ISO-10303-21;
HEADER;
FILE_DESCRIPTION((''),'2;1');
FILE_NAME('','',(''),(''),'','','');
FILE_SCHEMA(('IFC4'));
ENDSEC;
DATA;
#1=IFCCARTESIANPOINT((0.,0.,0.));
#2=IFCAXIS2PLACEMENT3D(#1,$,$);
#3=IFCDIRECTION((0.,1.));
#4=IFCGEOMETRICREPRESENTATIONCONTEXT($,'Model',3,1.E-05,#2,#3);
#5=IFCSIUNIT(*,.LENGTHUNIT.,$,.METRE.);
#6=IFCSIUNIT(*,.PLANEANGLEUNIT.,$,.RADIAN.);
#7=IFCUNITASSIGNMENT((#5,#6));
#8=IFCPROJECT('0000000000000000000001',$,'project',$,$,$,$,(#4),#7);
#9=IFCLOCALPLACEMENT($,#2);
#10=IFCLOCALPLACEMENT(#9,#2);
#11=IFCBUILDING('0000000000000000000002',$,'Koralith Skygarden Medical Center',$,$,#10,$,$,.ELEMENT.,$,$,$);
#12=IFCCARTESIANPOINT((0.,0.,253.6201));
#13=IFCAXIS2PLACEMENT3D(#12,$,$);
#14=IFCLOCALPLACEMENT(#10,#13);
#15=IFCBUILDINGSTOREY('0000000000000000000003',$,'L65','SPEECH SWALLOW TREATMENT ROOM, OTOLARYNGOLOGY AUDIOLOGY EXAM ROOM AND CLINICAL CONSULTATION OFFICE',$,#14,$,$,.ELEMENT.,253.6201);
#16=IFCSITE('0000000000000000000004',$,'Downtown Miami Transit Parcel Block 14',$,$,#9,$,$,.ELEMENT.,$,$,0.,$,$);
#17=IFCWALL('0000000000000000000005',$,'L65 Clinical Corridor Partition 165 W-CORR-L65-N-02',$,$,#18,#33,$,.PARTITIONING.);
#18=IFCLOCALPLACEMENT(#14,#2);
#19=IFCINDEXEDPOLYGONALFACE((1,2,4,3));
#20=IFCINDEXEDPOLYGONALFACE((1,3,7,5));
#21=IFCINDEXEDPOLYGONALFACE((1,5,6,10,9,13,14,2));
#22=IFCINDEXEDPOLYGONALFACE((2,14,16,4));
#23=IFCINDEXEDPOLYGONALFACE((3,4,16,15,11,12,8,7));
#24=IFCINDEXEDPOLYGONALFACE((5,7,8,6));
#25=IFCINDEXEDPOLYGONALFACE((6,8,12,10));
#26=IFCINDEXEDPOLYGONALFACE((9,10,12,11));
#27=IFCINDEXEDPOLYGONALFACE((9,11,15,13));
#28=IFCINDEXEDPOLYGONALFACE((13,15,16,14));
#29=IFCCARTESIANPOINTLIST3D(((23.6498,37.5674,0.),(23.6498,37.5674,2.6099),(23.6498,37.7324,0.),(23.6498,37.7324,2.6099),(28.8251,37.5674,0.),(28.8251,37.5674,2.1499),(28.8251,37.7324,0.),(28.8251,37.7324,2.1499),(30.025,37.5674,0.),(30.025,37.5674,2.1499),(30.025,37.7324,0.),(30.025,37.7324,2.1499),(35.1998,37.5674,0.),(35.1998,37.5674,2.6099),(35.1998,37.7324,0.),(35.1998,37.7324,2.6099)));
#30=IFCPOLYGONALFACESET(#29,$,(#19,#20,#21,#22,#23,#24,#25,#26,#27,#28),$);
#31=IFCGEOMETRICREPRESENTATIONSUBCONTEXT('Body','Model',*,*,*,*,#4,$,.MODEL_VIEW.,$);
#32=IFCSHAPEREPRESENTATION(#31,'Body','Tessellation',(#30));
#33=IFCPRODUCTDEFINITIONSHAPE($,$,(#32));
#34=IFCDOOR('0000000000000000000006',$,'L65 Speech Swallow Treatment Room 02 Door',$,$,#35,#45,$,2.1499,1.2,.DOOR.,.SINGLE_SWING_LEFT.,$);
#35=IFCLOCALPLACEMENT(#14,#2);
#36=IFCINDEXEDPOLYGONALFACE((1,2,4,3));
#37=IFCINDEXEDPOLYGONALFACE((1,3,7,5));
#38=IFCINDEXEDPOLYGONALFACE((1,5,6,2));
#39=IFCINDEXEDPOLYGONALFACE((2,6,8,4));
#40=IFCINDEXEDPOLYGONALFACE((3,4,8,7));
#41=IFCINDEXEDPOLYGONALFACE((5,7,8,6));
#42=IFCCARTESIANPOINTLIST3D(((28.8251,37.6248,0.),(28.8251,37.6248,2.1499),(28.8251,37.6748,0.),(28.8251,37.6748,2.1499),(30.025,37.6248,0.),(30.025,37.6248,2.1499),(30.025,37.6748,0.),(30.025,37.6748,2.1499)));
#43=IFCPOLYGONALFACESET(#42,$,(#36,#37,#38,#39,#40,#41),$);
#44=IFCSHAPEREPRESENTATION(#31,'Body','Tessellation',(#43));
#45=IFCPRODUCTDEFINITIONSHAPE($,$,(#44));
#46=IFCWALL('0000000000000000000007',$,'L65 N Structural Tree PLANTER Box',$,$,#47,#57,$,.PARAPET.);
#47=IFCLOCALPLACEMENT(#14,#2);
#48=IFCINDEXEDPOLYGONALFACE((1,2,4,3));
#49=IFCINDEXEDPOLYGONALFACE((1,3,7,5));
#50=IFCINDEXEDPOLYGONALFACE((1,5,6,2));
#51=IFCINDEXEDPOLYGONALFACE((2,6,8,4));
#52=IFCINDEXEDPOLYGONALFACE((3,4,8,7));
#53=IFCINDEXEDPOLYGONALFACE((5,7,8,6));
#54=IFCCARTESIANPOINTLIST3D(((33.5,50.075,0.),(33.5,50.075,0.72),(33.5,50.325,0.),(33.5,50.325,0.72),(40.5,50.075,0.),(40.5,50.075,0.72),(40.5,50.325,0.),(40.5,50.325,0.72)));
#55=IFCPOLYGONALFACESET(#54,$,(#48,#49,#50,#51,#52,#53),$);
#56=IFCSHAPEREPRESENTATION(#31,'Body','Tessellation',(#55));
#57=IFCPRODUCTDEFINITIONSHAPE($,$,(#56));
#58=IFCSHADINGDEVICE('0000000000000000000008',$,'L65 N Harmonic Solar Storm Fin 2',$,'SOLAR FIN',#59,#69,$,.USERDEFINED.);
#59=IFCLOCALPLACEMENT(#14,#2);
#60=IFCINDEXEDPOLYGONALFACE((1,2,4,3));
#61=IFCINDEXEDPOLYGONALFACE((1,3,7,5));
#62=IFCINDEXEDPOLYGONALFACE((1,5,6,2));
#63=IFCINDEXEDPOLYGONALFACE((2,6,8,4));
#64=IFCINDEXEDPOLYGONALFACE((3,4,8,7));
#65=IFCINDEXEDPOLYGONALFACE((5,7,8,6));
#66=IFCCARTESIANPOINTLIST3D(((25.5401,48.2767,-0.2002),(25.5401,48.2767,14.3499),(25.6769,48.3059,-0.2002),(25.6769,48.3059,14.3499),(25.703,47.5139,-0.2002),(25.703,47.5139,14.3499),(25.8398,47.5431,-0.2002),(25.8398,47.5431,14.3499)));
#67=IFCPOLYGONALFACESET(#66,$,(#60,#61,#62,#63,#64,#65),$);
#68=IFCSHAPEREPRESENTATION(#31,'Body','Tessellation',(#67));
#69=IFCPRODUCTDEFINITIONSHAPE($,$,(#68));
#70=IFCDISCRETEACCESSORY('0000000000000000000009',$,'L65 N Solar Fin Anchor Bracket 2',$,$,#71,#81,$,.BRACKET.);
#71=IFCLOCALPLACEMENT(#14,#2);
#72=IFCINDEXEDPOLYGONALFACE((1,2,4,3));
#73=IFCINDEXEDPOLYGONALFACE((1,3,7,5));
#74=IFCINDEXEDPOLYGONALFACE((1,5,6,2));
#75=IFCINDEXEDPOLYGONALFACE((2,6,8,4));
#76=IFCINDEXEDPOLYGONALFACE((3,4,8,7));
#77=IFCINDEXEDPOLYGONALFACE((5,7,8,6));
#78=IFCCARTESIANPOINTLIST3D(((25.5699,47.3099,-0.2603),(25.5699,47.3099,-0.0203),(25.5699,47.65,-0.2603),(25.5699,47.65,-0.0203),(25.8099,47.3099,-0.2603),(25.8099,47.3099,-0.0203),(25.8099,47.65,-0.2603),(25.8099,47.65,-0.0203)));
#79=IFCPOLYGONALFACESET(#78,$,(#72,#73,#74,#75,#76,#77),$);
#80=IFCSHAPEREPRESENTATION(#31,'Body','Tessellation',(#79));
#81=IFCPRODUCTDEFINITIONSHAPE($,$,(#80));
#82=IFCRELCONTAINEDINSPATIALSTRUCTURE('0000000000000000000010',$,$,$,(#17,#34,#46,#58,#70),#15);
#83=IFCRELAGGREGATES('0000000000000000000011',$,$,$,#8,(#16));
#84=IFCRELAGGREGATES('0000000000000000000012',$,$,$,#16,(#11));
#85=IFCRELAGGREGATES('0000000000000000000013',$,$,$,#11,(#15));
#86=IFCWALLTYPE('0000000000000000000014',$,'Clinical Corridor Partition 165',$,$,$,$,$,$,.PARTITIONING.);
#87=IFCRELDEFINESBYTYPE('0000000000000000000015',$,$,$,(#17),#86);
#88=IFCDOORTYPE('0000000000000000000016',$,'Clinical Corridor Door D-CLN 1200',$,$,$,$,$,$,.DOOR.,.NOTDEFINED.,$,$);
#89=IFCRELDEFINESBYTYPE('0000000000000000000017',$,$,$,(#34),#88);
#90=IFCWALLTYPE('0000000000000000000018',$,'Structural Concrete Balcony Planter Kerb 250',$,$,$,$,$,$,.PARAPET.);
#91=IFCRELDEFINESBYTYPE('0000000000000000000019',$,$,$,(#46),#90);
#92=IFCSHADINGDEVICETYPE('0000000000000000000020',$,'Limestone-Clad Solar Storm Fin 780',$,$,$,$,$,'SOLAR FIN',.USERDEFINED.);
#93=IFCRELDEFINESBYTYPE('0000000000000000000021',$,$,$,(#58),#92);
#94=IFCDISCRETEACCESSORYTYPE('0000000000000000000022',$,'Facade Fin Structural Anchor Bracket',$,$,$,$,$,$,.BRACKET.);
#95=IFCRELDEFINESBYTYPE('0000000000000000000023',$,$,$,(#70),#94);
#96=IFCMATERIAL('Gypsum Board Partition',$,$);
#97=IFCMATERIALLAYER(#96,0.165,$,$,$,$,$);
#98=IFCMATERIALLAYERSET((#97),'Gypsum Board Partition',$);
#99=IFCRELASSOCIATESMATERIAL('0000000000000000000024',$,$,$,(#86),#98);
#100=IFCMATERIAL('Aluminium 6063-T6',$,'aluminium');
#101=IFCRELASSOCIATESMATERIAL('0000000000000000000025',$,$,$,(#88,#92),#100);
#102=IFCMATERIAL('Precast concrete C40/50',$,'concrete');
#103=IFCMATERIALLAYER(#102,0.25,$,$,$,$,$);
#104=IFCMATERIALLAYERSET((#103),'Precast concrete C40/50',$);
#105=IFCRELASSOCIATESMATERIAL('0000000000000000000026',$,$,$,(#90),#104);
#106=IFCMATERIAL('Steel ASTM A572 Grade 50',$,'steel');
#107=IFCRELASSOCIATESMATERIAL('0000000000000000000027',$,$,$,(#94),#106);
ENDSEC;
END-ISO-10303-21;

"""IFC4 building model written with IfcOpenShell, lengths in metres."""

from ifc_helpers import new_model, si_unit, direction, frame, frame_2d, origin, origin_2d, place, context, subcontext, project, spatial, rectangle, extrude, material, layer, layer_set, type_object, element, fill, save


model = new_model("IFC4")

# Units and contexts
model_context = context("Model", 3, precision=1e-05, world=origin(), true_north=direction((0.0, 1.0)))
body_context = subcontext(model_context, "Body", "Model", "MODEL_VIEW")
ifc_project = project(units=[si_unit("LENGTHUNIT", "METRE"), si_unit("PLANEANGLEUNIT", "RADIAN")], contexts=[model_context])

# Site, building, storey
site_placement = place(None, origin())
site = spatial("IfcSite", under=ifc_project, at=site_placement, Name="Downtown Miami Transit Parcel Block 14", CompositionType="ELEMENT", RefElevation=0.0)
building_placement = place(site_placement, origin())
building = spatial("IfcBuilding", under=site, at=building_placement, Name="Koralith Skygarden Medical Center", CompositionType="ELEMENT")
storey_placement = place(building_placement, frame((0.0, 0.0, 253.6201)))
storey = spatial("IfcBuildingStorey", under=building, at=storey_placement, Name="L65", Description="SPEECH SWALLOW TREATMENT ROOM, OTOLARYNGOLOGY AUDIOLOGY EXAM ROOM AND CLINICAL CONSULTATION OFFICE", CompositionType="ELEMENT", Elevation=253.6201)

# Shared definitions
ifc_material_1 = material(Name="Aluminium 6063-T6", Category="aluminium")

# Shared definitions
ifc_material_2 = material(Name="Gypsum Board Partition")

# Wall, opening, door
ifc_layer_1 = layer(ifc_material_2, 0.165)
ifc_layer_set_1 = layer_set([ifc_layer_1], Name="Gypsum Board Partition")
wall_type_1 = type_object("IfcWallType", Name="Clinical Corridor Partition 165", PredefinedType="PARTITIONING", material=ifc_layer_set_1)
wall_1_placement = place(storey_placement, frame((23.6499, 37.6499, 0.0), z_axis=(0.0, 0.0, 1.0), x_axis=(1.0, 0.0, 0.0)))
wall_1 = element("IfcWall", 1, at=wall_1_placement, inside=storey, type_object=wall_type_1, Name="L65 Clinical Corridor Partition 165 W-CORR-L65-N-02", PredefinedType="PARTITIONING", context=body_context, shape_type="SweptSolid", body=[
    extrude(rectangle(XDim=11.55, YDim=0.165, at=frame_2d((5.7749, 0.0))), origin(), (0.0, 0.0, 1.0), 2.6099),
])
opening_1_placement = place(wall_1_placement, frame((5.175, 0.0, 0.0)))
opening_1 = element("IfcOpeningElement", 2, at=opening_1_placement, cuts=wall_1, PredefinedType="OPENING", context=body_context, shape_type="SweptSolid", body=[
    extrude(rectangle(XDim=1.2, YDim=2.1499, at=frame_2d((0.6001, 1.075))), frame((0.0, 0.0925, 0.0), z_axis=(0.0, -1.0, 0.0), x_axis=(1.0, 0.0, 0.0)), (0.0, 0.0, 1.0), 0.1851),
])
door_type_1 = type_object("IfcDoorType", Name="Clinical Corridor Door D-CLN 1200", OperationType="NOTDEFINED", PredefinedType="DOOR", material=ifc_material_1)
door_1_placement = place(opening_1_placement, origin())
door_1 = element("IfcDoor", 3, at=door_1_placement, inside=storey, type_object=door_type_1, Name="L65 Speech Swallow Treatment Room 02 Door", OperationType="SINGLE_SWING_LEFT", OverallHeight=2.1499, OverallWidth=1.2, PredefinedType="DOOR", context=body_context, shape_type="SweptSolid", body=[
    extrude(rectangle(XDim=1.2, YDim=2.1499, at=frame_2d((0.6001, 1.075))), frame((0.0, 0.0249, 0.0), z_axis=(0.0, -1.0, 0.0), x_axis=(1.0, 0.0, 0.0)), (0.0, 0.0, 1.0), 0.05),
])
fill(opening_1, door_1)

# Wall
ifc_material_3 = material(Name="Precast concrete C40/50", Category="concrete")
ifc_layer_2 = layer(ifc_material_3, 0.25)
ifc_layer_set_2 = layer_set([ifc_layer_2], Name="Precast concrete C40/50")
wall_type_2 = type_object("IfcWallType", Name="Structural Concrete Balcony Planter Kerb 250", PredefinedType="PARAPET", material=ifc_layer_set_2)
wall_2_placement = place(storey_placement, frame((33.5, 50.2, 0.0), z_axis=(0.0, 0.0, 1.0), x_axis=(1.0, 0.0, 0.0)))
element("IfcWall", 4, at=wall_2_placement, inside=storey, type_object=wall_type_2, Name="L65 N Structural Tree PLANTER Box", PredefinedType="PARAPET", context=body_context, shape_type="SweptSolid", body=[
    extrude(rectangle(XDim=7.0, YDim=0.25, at=frame_2d((3.5, 0.0))), origin(), (0.0, 0.0, 1.0), 0.72),
])

# Shading device
shading_device_type = type_object("IfcShadingDeviceType", Name="Limestone-Clad Solar Storm Fin 780", ElementType="SOLAR FIN", PredefinedType="USERDEFINED", material=ifc_material_1)
shading_device_placement = place(storey_placement, frame((25.6899, 47.9099, -0.2002), z_axis=(0.0, 0.0, 1.0), x_axis=(-0.208902, 0.977937, 0.0)))
element("IfcShadingDevice", 5, at=shading_device_placement, inside=storey, type_object=shading_device_type, Name="L65 N Harmonic Solar Storm Fin 2", ObjectType="SOLAR FIN", PredefinedType="USERDEFINED", context=body_context, shape_type="SweptSolid", body=[
    extrude(rectangle(XDim=0.78, YDim=0.1399, at=origin_2d()), origin(), (0.0, 0.0, 1.0), 14.55),
])

# Discrete accessory
ifc_material_4 = material(Name="Steel ASTM A572 Grade 50", Category="steel")
discrete_accessory_type = type_object("IfcDiscreteAccessoryType", Name="Facade Fin Structural Anchor Bracket", PredefinedType="BRACKET", material=ifc_material_4)
discrete_accessory_placement = place(storey_placement, frame((25.6899, 47.48, -0.2603), z_axis=(0.0, 0.0, 1.0), x_axis=(0.0, 1.0, 0.0)))
element("IfcDiscreteAccessory", 6, at=discrete_accessory_placement, inside=storey, type_object=discrete_accessory_type, Name="L65 N Solar Fin Anchor Bracket 2", PredefinedType="BRACKET", context=body_context, shape_type="SweptSolid", body=[
    extrude(rectangle(XDim=0.3401, YDim=0.24, at=origin_2d()), origin(), (0.0, 0.0, 1.0), 0.24),
])

save(model, "model.ifc")
